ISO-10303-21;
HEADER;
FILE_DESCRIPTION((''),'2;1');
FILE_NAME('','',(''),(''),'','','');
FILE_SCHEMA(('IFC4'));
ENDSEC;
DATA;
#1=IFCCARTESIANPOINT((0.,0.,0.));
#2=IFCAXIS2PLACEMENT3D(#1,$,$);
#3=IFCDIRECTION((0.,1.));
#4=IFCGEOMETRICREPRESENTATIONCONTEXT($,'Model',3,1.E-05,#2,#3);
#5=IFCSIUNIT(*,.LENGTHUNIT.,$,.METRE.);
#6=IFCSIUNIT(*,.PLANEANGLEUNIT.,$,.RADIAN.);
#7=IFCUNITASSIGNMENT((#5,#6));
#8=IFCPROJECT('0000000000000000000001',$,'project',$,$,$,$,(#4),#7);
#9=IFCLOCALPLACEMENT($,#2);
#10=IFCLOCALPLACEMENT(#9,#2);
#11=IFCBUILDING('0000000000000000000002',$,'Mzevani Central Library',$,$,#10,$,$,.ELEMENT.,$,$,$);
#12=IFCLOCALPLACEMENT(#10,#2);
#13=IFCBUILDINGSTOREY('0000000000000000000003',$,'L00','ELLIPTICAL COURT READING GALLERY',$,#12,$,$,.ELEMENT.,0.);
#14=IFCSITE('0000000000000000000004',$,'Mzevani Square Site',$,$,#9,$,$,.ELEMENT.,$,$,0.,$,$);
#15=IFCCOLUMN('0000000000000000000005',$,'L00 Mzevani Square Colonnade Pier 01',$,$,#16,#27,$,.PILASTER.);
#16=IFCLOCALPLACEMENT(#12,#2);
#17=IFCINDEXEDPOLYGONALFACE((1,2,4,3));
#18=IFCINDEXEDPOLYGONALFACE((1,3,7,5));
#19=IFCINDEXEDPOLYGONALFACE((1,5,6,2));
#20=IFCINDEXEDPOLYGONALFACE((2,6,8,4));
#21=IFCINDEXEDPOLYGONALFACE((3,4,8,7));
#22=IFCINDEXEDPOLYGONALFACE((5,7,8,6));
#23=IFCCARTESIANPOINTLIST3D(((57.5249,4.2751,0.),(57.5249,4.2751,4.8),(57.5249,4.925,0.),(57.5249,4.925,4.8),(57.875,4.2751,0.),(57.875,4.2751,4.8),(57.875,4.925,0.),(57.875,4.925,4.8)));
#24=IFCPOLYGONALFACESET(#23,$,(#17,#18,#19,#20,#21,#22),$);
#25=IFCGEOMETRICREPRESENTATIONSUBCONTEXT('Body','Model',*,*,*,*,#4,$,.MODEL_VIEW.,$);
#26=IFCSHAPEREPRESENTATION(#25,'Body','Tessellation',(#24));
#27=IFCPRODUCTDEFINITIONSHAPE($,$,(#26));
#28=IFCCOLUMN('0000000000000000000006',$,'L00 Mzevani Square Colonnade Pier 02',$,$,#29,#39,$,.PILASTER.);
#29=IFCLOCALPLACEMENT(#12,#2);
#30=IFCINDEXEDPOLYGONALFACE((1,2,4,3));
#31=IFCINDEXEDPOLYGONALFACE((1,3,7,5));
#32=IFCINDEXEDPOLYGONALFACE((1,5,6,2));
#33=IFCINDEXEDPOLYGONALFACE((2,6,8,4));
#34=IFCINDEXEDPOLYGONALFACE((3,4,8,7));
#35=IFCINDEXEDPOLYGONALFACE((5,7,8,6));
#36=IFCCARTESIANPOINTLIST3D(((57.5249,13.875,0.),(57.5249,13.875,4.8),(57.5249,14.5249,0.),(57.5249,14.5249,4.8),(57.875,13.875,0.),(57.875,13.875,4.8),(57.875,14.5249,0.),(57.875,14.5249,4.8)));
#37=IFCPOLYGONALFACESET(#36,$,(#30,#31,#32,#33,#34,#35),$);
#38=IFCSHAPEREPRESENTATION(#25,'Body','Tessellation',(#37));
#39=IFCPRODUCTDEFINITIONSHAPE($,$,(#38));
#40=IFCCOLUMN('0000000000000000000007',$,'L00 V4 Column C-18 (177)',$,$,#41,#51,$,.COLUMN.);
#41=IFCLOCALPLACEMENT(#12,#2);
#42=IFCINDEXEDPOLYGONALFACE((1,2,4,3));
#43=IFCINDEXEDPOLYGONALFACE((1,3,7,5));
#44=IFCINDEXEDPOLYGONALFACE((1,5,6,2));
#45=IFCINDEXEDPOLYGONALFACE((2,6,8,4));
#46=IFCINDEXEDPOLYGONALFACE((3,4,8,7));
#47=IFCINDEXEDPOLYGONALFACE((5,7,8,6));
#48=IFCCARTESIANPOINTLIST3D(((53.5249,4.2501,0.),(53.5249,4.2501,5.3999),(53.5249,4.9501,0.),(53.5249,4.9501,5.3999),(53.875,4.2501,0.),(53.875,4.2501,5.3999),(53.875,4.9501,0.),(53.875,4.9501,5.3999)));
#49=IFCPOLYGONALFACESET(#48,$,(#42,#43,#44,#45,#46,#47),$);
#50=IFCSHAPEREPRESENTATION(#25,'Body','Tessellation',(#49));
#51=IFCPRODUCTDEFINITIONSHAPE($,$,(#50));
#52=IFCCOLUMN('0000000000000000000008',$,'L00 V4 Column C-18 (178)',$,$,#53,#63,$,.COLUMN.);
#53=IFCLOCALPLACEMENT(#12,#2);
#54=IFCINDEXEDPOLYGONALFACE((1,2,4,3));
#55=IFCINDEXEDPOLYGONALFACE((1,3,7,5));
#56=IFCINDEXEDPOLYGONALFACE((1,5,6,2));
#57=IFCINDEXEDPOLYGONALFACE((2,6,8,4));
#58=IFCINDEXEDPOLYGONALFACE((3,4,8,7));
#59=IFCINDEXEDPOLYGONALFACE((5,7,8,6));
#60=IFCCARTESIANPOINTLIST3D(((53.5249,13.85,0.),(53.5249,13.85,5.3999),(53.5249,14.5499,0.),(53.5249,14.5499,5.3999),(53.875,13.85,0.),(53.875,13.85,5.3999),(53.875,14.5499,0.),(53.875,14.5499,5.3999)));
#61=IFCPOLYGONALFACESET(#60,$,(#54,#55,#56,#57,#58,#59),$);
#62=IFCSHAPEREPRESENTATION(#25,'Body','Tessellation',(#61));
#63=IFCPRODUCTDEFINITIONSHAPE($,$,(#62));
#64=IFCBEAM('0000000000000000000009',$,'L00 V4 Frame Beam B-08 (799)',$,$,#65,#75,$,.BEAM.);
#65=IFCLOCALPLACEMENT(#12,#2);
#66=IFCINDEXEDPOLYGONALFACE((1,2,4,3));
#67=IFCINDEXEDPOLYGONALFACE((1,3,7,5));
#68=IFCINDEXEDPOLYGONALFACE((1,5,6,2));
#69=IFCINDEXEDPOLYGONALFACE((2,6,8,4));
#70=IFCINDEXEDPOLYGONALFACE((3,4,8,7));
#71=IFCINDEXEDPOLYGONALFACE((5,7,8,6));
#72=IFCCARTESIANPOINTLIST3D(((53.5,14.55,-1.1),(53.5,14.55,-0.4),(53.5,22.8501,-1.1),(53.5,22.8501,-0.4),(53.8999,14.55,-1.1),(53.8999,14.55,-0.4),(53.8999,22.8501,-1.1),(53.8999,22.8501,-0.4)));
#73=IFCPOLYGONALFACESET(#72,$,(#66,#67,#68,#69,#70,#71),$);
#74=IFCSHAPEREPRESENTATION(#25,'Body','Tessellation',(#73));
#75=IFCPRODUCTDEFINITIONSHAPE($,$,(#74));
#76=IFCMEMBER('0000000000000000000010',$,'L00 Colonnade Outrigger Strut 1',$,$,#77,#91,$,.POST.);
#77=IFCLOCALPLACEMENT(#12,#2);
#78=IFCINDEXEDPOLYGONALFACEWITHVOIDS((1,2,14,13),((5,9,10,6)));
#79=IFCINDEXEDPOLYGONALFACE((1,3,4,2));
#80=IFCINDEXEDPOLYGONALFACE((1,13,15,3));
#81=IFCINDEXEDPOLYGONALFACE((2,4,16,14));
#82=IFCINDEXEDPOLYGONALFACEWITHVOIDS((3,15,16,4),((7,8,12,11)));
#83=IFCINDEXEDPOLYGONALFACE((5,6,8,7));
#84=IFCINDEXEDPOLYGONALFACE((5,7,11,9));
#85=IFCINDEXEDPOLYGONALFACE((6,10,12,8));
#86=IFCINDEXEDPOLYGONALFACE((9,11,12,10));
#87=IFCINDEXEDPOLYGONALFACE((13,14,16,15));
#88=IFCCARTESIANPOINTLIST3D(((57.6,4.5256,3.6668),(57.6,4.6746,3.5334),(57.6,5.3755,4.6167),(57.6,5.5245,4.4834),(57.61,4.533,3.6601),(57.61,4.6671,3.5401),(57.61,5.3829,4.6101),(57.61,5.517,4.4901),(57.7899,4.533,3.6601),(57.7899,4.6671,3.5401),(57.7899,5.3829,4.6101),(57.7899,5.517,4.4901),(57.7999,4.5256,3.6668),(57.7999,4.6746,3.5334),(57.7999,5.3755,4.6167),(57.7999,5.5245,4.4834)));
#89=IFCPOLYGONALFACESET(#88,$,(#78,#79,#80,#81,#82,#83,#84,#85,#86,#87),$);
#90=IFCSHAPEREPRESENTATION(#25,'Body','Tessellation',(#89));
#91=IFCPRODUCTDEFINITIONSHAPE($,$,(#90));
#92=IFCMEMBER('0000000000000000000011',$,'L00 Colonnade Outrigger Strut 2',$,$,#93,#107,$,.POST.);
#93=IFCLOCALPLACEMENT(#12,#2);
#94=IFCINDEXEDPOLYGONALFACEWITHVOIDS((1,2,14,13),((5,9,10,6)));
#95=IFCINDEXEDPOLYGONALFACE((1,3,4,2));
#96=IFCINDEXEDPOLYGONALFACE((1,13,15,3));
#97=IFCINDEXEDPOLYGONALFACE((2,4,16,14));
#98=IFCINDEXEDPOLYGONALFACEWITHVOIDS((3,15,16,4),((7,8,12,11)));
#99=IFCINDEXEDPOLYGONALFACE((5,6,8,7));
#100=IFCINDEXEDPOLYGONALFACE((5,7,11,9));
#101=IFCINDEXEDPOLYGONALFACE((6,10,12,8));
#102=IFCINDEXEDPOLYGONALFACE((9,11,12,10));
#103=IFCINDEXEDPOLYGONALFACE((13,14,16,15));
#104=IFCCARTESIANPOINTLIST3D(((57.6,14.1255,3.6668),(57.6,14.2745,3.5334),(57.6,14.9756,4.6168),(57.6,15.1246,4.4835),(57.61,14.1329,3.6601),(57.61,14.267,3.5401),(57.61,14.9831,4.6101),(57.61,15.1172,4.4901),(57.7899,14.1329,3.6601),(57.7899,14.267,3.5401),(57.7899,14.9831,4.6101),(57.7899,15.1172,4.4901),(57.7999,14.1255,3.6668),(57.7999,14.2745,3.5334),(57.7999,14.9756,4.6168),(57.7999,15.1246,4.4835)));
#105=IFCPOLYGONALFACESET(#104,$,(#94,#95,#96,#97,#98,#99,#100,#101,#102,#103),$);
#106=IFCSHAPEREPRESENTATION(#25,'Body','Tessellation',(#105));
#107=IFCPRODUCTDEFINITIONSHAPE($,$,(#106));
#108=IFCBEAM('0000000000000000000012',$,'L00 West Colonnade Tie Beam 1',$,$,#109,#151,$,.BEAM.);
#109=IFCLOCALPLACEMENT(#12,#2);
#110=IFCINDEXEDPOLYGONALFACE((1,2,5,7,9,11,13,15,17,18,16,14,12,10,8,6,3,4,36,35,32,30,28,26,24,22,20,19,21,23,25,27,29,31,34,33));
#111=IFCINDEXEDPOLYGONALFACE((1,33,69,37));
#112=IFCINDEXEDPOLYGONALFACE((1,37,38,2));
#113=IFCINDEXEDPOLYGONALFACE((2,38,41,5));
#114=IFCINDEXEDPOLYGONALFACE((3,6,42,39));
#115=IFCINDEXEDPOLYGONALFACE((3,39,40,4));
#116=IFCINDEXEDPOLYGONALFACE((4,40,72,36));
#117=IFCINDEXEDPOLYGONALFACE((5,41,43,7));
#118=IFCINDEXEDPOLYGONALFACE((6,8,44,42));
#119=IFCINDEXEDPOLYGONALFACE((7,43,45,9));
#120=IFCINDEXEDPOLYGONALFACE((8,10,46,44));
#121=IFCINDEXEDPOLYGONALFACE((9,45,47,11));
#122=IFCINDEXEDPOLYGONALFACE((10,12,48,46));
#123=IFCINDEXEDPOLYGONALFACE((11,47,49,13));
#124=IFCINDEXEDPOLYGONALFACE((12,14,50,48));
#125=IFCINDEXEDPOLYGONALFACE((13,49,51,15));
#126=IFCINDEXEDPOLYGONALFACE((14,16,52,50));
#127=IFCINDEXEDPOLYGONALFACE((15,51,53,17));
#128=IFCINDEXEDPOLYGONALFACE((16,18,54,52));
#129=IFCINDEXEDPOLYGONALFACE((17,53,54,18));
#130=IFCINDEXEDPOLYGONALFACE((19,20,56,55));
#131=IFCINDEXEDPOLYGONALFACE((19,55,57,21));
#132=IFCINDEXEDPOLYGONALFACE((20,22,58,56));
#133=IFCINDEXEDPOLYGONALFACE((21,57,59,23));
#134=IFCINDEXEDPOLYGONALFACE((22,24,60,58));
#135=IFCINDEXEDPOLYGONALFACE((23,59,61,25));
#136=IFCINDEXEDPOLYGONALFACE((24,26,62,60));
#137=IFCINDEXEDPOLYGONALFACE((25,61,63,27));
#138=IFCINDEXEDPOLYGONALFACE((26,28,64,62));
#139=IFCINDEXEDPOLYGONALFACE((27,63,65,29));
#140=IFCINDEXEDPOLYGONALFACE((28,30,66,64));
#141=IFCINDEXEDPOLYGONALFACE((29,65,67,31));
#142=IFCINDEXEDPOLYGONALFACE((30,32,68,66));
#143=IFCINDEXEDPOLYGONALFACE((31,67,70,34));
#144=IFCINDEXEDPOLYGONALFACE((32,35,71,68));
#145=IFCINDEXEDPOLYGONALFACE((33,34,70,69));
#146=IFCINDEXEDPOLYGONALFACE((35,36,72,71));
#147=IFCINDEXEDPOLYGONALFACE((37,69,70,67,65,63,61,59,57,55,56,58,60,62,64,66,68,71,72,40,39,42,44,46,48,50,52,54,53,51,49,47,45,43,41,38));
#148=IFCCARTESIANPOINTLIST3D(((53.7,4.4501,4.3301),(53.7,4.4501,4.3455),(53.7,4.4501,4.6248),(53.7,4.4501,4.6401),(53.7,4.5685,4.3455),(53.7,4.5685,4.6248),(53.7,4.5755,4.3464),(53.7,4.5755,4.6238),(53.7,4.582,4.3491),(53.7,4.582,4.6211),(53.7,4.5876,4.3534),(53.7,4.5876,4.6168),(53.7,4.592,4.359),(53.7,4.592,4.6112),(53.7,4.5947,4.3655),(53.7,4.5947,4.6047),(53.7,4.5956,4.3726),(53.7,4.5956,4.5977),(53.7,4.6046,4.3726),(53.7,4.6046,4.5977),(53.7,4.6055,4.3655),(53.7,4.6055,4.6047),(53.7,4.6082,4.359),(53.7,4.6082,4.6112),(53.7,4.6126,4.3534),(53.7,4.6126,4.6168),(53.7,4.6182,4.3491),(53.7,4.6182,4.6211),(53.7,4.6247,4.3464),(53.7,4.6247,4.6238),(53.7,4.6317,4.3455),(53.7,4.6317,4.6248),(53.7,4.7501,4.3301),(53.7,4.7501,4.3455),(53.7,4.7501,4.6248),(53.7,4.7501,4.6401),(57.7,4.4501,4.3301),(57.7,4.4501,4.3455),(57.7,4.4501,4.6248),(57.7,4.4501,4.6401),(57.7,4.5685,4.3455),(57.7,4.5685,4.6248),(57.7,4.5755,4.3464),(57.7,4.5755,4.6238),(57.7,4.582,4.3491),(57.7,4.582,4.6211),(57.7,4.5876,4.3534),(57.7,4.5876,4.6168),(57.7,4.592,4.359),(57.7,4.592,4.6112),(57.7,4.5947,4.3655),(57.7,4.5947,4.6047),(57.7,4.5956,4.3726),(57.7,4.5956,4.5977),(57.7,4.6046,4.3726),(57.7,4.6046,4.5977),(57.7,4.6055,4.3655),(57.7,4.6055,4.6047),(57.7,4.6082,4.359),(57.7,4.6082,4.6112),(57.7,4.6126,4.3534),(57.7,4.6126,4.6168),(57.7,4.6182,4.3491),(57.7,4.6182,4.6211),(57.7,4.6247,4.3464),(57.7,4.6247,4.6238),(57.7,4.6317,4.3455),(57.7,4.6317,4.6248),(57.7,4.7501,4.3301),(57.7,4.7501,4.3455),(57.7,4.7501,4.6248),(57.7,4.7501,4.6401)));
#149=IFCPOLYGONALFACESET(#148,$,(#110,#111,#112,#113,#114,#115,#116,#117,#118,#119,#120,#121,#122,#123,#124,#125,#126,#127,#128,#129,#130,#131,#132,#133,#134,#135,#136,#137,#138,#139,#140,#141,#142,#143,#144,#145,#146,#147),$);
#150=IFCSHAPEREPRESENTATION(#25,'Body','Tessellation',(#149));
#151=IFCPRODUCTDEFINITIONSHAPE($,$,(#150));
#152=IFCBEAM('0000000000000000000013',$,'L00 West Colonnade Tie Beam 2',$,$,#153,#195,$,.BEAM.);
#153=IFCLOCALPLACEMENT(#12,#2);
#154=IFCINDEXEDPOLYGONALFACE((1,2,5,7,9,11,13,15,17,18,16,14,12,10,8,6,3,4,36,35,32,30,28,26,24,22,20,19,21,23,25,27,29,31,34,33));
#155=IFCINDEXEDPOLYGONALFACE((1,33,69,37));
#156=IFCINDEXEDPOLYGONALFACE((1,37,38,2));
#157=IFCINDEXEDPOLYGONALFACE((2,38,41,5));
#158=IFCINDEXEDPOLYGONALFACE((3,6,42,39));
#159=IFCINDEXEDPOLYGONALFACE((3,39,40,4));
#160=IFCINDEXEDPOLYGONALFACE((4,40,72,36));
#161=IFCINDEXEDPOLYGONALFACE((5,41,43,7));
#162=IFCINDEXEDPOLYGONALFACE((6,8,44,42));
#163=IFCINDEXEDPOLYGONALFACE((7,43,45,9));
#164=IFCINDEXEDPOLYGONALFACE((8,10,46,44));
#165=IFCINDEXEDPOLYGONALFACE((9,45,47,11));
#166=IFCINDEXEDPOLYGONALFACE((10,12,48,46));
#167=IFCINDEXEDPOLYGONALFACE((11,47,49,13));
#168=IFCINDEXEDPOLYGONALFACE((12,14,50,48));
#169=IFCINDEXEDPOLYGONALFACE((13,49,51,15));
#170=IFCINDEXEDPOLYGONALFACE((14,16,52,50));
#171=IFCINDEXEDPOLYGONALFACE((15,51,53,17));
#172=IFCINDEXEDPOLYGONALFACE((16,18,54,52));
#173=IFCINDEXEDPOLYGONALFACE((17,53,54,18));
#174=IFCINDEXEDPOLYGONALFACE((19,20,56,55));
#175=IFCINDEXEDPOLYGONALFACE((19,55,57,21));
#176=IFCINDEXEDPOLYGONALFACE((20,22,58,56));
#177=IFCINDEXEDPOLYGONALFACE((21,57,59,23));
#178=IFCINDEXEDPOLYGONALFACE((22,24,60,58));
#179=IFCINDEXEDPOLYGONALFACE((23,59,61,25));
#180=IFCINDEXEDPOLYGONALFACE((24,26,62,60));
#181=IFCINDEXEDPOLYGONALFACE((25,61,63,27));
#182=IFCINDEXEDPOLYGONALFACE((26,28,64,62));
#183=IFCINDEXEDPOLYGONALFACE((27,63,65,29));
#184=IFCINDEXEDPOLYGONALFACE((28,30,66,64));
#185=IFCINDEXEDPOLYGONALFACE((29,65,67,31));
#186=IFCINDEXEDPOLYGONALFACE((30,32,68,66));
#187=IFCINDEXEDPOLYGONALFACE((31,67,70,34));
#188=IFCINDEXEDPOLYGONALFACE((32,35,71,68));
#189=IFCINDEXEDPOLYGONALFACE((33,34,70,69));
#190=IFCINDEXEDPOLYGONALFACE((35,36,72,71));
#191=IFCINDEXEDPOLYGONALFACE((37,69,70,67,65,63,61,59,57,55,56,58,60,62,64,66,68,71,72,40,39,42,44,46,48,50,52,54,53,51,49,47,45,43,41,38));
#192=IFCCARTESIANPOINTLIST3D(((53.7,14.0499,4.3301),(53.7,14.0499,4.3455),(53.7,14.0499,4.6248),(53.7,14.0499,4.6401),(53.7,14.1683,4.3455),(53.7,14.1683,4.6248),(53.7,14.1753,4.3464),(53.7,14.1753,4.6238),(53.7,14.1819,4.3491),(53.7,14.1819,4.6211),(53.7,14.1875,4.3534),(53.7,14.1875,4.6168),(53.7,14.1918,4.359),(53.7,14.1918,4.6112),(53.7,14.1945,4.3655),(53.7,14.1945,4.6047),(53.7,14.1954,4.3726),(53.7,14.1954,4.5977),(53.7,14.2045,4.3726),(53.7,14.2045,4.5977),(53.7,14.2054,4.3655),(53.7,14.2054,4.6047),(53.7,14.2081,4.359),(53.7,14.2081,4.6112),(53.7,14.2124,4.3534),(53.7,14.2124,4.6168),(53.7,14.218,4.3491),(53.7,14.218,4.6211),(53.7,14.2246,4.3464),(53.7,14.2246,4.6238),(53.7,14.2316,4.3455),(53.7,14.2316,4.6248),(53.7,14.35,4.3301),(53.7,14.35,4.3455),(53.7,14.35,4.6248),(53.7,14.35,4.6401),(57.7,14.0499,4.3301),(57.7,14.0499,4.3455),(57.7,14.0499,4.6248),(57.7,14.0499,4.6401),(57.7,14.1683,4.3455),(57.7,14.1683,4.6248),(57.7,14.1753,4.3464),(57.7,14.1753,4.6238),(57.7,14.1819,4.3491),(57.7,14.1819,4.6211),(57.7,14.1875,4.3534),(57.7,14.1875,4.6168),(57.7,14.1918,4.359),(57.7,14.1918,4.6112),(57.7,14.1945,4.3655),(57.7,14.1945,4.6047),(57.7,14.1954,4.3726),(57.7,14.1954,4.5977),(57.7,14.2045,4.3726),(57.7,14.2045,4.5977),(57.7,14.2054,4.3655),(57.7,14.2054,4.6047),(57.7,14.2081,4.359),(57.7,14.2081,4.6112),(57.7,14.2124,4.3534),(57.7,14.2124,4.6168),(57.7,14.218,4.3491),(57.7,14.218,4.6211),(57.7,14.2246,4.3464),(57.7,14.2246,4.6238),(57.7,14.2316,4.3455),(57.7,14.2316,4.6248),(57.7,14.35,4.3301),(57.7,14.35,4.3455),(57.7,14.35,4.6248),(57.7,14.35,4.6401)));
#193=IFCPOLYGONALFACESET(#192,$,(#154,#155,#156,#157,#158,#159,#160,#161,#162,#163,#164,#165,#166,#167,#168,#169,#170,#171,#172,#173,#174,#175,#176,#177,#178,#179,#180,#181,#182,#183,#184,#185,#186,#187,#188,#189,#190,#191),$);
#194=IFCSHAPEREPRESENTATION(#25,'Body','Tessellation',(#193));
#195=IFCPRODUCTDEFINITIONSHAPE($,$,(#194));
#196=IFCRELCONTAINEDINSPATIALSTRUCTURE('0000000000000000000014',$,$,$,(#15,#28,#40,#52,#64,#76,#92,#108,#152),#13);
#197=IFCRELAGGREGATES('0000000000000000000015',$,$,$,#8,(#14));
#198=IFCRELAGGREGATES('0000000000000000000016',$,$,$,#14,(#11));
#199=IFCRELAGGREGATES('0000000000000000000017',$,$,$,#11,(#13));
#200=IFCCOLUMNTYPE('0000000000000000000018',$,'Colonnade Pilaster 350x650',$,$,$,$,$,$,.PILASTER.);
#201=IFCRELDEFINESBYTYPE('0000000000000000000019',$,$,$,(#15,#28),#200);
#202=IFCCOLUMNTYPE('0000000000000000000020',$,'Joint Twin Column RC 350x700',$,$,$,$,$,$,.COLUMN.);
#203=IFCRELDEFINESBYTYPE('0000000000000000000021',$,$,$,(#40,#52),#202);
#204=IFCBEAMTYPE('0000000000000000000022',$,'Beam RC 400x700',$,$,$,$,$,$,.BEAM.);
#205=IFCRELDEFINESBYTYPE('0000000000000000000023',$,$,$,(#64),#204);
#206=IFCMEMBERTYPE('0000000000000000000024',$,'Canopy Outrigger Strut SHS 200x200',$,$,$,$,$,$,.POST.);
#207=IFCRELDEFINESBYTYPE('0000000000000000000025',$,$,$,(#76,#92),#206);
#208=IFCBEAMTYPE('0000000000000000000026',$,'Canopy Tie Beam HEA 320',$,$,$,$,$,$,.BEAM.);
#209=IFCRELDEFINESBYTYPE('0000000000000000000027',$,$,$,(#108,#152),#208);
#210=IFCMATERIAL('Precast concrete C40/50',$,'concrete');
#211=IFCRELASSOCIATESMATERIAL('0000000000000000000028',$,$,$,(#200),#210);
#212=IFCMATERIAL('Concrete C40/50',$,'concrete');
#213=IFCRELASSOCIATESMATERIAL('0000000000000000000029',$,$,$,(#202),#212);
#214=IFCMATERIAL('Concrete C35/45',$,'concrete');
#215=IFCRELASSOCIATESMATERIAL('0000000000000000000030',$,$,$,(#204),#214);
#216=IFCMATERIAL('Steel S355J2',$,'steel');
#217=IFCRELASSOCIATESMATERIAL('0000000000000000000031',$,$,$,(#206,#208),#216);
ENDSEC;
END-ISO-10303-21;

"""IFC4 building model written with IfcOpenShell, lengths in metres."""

from ifc_helpers import new_model, si_unit, direction, frame, origin, origin_2d, place, context, subcontext, project, spatial, rectangle, hollow_rectangle, i_section, extrude, material, material_profile, profile_set, type_object, element, save


model = new_model("IFC4")

# Units and contexts
model_context = context("Model", 3, precision=1e-05, world=origin(), true_north=direction((0.0, 1.0)))
body_context = subcontext(model_context, "Body", "Model", "MODEL_VIEW")
ifc_project = project(units=[si_unit("LENGTHUNIT", "METRE"), si_unit("PLANEANGLEUNIT", "RADIAN")], contexts=[model_context])

# Site, building, storey
site_placement = place(None, origin())
site = spatial("IfcSite", under=ifc_project, at=site_placement, Name="Mzevani Square Site", CompositionType="ELEMENT", RefElevation=0.0)
building_placement = place(site_placement, origin())
building = spatial("IfcBuilding", under=site, at=building_placement, Name="Mzevani Central Library", CompositionType="ELEMENT")
storey_placement = place(building_placement, origin())
storey = spatial("IfcBuildingStorey", under=building, at=storey_placement, Name="L00", Description="ELLIPTICAL COURT READING GALLERY", CompositionType="ELEMENT", Elevation=0.0)

# Columns
ifc_material_1 = material(Name="Precast concrete C40/50", Category="concrete")
ifc_material_profile_1 = material_profile(ifc_material_1, rectangle(XDim=0.3501, YDim=0.6499, at=origin_2d()), Name="PC PIL 350x650")
ifc_profile_set_1 = profile_set([ifc_material_profile_1], Name="Precast concrete C40/50")
column_type_1 = type_object("IfcColumnType", Name="Colonnade Pilaster 350x650", PredefinedType="PILASTER", material=ifc_profile_set_1)
for number, where, z_axis, x_axis, name in (
    (1, (57.7, 4.6001, 0.0), (0.0, 0.0, 1.0), (1.0, 0.0, 0.0), "L00 Mzevani Square Colonnade Pier 01"),
    (2, (57.7, 14.2, 0.0), (0.0, 0.0, 1.0), (1.0, 0.0, 0.0), "L00 Mzevani Square Colonnade Pier 02"),
):
    element("IfcColumn", number, at=place(storey_placement, frame(where, z_axis=z_axis, x_axis=x_axis)), inside=storey, type_object=column_type_1, Name=name, PredefinedType="PILASTER", context=body_context, shape_type="SweptSolid", body=[
        extrude(rectangle(XDim=0.3501, YDim=0.6499, at=origin_2d()), origin(), (0.0, 0.0, 1.0), 4.8),
    ])
ifc_material_2 = material(Name="Concrete C40/50", Category="concrete")
ifc_material_profile_2 = material_profile(ifc_material_2, rectangle(XDim=0.3501, YDim=0.7, at=origin_2d()), Name="RC 350x700")
ifc_profile_set_2 = profile_set([ifc_material_profile_2], Name="Concrete C40/50")
column_type_2 = type_object("IfcColumnType", Name="Joint Twin Column RC 350x700", PredefinedType="COLUMN", material=ifc_profile_set_2)
for number, where, z_axis, x_axis, name in (
    (3, (53.7, 4.6001, 0.0), (0.0, 0.0, 1.0), (1.0, 0.0, 0.0), "L00 V4 Column C-18 (177)"),
    (4, (53.7, 14.2, 0.0), (0.0, 0.0, 1.0), (1.0, 0.0, 0.0), "L00 V4 Column C-18 (178)"),
):
    element("IfcColumn", number, at=place(storey_placement, frame(where, z_axis=z_axis, x_axis=x_axis)), inside=storey, type_object=column_type_2, Name=name, PredefinedType="COLUMN", context=body_context, shape_type="SweptSolid", body=[
        extrude(rectangle(XDim=0.3501, YDim=0.7, at=origin_2d()), origin(), (0.0, 0.0, 1.0), 5.3999),
    ])

# Beam
ifc_material_3 = material(Name="Concrete C35/45", Category="concrete")
ifc_material_profile_3 = material_profile(ifc_material_3, rectangle(XDim=0.3999, YDim=0.7, at=origin_2d()), Name="RC B400x700")
ifc_profile_set_3 = profile_set([ifc_material_profile_3], Name="Concrete C35/45")
beam_type_1 = type_object("IfcBeamType", Name="Beam RC 400x700", PredefinedType="BEAM", material=ifc_profile_set_3)
beam_1_placement = place(storey_placement, frame((53.7, 14.55, -0.75), z_axis=(0.0, 1.0, 0.0), x_axis=(-1.0, 0.0, 0.0)))
element("IfcBeam", 5, at=beam_1_placement, inside=storey, type_object=beam_type_1, Name="L00 V4 Frame Beam B-08 (799)", PredefinedType="BEAM", context=body_context, shape_type="SweptSolid", body=[
    extrude(rectangle(XDim=0.3999, YDim=0.7, at=origin_2d()), origin(), (0.0, 0.0, 1.0), 8.3),
])

# Members
ifc_material_4 = material(Name="Steel S355J2", Category="steel")
ifc_material_profile_4 = material_profile(ifc_material_4, hollow_rectangle(XDim=0.2, YDim=0.2, WallThickness=0.01, at=origin_2d()), Name="SHS 200x200x10.0")
ifc_profile_set_4 = profile_set([ifc_material_profile_4], Name="Steel S355J2")
member_type = type_object("IfcMemberType", Name="Canopy Outrigger Strut SHS 200x200", PredefinedType="POST", material=ifc_profile_set_4)
member_1_placement = place(storey_placement, frame((57.7, 4.6001, 3.6001), z_axis=(0.0, 0.66675, 0.745281), x_axis=(-1.0, 0.0, 0.0)))
element("IfcMember", 6, at=member_1_placement, inside=storey, type_object=member_type, Name="L00 Colonnade Outrigger Strut 1", PredefinedType="POST", context=body_context, shape_type="SweptSolid", body=[
    extrude(hollow_rectangle(XDim=0.2, YDim=0.2, WallThickness=0.01, at=origin_2d()), origin(), (0.0, 0.0, 1.0), 1.2747),
])
member_2_placement = place(storey_placement, frame((57.7, 14.2, 3.6001), z_axis=(0.0, 0.666856, 0.745186), x_axis=(-1.0, 0.0, 0.0)))
element("IfcMember", 7, at=member_2_placement, inside=storey, type_object=member_type, Name="L00 Colonnade Outrigger Strut 2", PredefinedType="POST", context=body_context, shape_type="SweptSolid", body=[
    extrude(hollow_rectangle(XDim=0.2, YDim=0.2, WallThickness=0.01, at=origin_2d()), origin(), (0.0, 0.0, 1.0), 1.2749),
])

# Beams
ifc_material_profile_5 = material_profile(ifc_material_4, i_section(OverallWidth=0.3, OverallDepth=0.3101, WebThickness=0.009, FlangeThickness=0.0154, FilletRadius=0.0271, at=origin_2d()), Name="HEA 320")
ifc_profile_set_5 = profile_set([ifc_material_profile_5], Name="Steel S355J2")
beam_type_2 = type_object("IfcBeamType", Name="Canopy Tie Beam HEA 320", PredefinedType="BEAM", material=ifc_profile_set_5)
for number, where, z_axis, x_axis, name in (
    (8, (53.7, 4.6001, 4.4851), (1.0, 0.0, 0.0), (0.0, 1.0, 0.0), "L00 West Colonnade Tie Beam 1"),
    (9, (53.7, 14.2, 4.4851), (1.0, 0.0, 0.0), (0.0, 1.0, 0.0), "L00 West Colonnade Tie Beam 2"),
):
    element("IfcBeam", number, at=place(storey_placement, frame(where, z_axis=z_axis, x_axis=x_axis)), inside=storey, type_object=beam_type_2, Name=name, PredefinedType="BEAM", context=body_context, shape_type="SweptSolid", body=[
        extrude(i_section(OverallWidth=0.3, OverallDepth=0.3101, WebThickness=0.009, FlangeThickness=0.0154, FilletRadius=0.0271, at=origin_2d()), origin(), (0.0, 0.0, 1.0), 4.0),
    ])

save(model, "model.ifc")
